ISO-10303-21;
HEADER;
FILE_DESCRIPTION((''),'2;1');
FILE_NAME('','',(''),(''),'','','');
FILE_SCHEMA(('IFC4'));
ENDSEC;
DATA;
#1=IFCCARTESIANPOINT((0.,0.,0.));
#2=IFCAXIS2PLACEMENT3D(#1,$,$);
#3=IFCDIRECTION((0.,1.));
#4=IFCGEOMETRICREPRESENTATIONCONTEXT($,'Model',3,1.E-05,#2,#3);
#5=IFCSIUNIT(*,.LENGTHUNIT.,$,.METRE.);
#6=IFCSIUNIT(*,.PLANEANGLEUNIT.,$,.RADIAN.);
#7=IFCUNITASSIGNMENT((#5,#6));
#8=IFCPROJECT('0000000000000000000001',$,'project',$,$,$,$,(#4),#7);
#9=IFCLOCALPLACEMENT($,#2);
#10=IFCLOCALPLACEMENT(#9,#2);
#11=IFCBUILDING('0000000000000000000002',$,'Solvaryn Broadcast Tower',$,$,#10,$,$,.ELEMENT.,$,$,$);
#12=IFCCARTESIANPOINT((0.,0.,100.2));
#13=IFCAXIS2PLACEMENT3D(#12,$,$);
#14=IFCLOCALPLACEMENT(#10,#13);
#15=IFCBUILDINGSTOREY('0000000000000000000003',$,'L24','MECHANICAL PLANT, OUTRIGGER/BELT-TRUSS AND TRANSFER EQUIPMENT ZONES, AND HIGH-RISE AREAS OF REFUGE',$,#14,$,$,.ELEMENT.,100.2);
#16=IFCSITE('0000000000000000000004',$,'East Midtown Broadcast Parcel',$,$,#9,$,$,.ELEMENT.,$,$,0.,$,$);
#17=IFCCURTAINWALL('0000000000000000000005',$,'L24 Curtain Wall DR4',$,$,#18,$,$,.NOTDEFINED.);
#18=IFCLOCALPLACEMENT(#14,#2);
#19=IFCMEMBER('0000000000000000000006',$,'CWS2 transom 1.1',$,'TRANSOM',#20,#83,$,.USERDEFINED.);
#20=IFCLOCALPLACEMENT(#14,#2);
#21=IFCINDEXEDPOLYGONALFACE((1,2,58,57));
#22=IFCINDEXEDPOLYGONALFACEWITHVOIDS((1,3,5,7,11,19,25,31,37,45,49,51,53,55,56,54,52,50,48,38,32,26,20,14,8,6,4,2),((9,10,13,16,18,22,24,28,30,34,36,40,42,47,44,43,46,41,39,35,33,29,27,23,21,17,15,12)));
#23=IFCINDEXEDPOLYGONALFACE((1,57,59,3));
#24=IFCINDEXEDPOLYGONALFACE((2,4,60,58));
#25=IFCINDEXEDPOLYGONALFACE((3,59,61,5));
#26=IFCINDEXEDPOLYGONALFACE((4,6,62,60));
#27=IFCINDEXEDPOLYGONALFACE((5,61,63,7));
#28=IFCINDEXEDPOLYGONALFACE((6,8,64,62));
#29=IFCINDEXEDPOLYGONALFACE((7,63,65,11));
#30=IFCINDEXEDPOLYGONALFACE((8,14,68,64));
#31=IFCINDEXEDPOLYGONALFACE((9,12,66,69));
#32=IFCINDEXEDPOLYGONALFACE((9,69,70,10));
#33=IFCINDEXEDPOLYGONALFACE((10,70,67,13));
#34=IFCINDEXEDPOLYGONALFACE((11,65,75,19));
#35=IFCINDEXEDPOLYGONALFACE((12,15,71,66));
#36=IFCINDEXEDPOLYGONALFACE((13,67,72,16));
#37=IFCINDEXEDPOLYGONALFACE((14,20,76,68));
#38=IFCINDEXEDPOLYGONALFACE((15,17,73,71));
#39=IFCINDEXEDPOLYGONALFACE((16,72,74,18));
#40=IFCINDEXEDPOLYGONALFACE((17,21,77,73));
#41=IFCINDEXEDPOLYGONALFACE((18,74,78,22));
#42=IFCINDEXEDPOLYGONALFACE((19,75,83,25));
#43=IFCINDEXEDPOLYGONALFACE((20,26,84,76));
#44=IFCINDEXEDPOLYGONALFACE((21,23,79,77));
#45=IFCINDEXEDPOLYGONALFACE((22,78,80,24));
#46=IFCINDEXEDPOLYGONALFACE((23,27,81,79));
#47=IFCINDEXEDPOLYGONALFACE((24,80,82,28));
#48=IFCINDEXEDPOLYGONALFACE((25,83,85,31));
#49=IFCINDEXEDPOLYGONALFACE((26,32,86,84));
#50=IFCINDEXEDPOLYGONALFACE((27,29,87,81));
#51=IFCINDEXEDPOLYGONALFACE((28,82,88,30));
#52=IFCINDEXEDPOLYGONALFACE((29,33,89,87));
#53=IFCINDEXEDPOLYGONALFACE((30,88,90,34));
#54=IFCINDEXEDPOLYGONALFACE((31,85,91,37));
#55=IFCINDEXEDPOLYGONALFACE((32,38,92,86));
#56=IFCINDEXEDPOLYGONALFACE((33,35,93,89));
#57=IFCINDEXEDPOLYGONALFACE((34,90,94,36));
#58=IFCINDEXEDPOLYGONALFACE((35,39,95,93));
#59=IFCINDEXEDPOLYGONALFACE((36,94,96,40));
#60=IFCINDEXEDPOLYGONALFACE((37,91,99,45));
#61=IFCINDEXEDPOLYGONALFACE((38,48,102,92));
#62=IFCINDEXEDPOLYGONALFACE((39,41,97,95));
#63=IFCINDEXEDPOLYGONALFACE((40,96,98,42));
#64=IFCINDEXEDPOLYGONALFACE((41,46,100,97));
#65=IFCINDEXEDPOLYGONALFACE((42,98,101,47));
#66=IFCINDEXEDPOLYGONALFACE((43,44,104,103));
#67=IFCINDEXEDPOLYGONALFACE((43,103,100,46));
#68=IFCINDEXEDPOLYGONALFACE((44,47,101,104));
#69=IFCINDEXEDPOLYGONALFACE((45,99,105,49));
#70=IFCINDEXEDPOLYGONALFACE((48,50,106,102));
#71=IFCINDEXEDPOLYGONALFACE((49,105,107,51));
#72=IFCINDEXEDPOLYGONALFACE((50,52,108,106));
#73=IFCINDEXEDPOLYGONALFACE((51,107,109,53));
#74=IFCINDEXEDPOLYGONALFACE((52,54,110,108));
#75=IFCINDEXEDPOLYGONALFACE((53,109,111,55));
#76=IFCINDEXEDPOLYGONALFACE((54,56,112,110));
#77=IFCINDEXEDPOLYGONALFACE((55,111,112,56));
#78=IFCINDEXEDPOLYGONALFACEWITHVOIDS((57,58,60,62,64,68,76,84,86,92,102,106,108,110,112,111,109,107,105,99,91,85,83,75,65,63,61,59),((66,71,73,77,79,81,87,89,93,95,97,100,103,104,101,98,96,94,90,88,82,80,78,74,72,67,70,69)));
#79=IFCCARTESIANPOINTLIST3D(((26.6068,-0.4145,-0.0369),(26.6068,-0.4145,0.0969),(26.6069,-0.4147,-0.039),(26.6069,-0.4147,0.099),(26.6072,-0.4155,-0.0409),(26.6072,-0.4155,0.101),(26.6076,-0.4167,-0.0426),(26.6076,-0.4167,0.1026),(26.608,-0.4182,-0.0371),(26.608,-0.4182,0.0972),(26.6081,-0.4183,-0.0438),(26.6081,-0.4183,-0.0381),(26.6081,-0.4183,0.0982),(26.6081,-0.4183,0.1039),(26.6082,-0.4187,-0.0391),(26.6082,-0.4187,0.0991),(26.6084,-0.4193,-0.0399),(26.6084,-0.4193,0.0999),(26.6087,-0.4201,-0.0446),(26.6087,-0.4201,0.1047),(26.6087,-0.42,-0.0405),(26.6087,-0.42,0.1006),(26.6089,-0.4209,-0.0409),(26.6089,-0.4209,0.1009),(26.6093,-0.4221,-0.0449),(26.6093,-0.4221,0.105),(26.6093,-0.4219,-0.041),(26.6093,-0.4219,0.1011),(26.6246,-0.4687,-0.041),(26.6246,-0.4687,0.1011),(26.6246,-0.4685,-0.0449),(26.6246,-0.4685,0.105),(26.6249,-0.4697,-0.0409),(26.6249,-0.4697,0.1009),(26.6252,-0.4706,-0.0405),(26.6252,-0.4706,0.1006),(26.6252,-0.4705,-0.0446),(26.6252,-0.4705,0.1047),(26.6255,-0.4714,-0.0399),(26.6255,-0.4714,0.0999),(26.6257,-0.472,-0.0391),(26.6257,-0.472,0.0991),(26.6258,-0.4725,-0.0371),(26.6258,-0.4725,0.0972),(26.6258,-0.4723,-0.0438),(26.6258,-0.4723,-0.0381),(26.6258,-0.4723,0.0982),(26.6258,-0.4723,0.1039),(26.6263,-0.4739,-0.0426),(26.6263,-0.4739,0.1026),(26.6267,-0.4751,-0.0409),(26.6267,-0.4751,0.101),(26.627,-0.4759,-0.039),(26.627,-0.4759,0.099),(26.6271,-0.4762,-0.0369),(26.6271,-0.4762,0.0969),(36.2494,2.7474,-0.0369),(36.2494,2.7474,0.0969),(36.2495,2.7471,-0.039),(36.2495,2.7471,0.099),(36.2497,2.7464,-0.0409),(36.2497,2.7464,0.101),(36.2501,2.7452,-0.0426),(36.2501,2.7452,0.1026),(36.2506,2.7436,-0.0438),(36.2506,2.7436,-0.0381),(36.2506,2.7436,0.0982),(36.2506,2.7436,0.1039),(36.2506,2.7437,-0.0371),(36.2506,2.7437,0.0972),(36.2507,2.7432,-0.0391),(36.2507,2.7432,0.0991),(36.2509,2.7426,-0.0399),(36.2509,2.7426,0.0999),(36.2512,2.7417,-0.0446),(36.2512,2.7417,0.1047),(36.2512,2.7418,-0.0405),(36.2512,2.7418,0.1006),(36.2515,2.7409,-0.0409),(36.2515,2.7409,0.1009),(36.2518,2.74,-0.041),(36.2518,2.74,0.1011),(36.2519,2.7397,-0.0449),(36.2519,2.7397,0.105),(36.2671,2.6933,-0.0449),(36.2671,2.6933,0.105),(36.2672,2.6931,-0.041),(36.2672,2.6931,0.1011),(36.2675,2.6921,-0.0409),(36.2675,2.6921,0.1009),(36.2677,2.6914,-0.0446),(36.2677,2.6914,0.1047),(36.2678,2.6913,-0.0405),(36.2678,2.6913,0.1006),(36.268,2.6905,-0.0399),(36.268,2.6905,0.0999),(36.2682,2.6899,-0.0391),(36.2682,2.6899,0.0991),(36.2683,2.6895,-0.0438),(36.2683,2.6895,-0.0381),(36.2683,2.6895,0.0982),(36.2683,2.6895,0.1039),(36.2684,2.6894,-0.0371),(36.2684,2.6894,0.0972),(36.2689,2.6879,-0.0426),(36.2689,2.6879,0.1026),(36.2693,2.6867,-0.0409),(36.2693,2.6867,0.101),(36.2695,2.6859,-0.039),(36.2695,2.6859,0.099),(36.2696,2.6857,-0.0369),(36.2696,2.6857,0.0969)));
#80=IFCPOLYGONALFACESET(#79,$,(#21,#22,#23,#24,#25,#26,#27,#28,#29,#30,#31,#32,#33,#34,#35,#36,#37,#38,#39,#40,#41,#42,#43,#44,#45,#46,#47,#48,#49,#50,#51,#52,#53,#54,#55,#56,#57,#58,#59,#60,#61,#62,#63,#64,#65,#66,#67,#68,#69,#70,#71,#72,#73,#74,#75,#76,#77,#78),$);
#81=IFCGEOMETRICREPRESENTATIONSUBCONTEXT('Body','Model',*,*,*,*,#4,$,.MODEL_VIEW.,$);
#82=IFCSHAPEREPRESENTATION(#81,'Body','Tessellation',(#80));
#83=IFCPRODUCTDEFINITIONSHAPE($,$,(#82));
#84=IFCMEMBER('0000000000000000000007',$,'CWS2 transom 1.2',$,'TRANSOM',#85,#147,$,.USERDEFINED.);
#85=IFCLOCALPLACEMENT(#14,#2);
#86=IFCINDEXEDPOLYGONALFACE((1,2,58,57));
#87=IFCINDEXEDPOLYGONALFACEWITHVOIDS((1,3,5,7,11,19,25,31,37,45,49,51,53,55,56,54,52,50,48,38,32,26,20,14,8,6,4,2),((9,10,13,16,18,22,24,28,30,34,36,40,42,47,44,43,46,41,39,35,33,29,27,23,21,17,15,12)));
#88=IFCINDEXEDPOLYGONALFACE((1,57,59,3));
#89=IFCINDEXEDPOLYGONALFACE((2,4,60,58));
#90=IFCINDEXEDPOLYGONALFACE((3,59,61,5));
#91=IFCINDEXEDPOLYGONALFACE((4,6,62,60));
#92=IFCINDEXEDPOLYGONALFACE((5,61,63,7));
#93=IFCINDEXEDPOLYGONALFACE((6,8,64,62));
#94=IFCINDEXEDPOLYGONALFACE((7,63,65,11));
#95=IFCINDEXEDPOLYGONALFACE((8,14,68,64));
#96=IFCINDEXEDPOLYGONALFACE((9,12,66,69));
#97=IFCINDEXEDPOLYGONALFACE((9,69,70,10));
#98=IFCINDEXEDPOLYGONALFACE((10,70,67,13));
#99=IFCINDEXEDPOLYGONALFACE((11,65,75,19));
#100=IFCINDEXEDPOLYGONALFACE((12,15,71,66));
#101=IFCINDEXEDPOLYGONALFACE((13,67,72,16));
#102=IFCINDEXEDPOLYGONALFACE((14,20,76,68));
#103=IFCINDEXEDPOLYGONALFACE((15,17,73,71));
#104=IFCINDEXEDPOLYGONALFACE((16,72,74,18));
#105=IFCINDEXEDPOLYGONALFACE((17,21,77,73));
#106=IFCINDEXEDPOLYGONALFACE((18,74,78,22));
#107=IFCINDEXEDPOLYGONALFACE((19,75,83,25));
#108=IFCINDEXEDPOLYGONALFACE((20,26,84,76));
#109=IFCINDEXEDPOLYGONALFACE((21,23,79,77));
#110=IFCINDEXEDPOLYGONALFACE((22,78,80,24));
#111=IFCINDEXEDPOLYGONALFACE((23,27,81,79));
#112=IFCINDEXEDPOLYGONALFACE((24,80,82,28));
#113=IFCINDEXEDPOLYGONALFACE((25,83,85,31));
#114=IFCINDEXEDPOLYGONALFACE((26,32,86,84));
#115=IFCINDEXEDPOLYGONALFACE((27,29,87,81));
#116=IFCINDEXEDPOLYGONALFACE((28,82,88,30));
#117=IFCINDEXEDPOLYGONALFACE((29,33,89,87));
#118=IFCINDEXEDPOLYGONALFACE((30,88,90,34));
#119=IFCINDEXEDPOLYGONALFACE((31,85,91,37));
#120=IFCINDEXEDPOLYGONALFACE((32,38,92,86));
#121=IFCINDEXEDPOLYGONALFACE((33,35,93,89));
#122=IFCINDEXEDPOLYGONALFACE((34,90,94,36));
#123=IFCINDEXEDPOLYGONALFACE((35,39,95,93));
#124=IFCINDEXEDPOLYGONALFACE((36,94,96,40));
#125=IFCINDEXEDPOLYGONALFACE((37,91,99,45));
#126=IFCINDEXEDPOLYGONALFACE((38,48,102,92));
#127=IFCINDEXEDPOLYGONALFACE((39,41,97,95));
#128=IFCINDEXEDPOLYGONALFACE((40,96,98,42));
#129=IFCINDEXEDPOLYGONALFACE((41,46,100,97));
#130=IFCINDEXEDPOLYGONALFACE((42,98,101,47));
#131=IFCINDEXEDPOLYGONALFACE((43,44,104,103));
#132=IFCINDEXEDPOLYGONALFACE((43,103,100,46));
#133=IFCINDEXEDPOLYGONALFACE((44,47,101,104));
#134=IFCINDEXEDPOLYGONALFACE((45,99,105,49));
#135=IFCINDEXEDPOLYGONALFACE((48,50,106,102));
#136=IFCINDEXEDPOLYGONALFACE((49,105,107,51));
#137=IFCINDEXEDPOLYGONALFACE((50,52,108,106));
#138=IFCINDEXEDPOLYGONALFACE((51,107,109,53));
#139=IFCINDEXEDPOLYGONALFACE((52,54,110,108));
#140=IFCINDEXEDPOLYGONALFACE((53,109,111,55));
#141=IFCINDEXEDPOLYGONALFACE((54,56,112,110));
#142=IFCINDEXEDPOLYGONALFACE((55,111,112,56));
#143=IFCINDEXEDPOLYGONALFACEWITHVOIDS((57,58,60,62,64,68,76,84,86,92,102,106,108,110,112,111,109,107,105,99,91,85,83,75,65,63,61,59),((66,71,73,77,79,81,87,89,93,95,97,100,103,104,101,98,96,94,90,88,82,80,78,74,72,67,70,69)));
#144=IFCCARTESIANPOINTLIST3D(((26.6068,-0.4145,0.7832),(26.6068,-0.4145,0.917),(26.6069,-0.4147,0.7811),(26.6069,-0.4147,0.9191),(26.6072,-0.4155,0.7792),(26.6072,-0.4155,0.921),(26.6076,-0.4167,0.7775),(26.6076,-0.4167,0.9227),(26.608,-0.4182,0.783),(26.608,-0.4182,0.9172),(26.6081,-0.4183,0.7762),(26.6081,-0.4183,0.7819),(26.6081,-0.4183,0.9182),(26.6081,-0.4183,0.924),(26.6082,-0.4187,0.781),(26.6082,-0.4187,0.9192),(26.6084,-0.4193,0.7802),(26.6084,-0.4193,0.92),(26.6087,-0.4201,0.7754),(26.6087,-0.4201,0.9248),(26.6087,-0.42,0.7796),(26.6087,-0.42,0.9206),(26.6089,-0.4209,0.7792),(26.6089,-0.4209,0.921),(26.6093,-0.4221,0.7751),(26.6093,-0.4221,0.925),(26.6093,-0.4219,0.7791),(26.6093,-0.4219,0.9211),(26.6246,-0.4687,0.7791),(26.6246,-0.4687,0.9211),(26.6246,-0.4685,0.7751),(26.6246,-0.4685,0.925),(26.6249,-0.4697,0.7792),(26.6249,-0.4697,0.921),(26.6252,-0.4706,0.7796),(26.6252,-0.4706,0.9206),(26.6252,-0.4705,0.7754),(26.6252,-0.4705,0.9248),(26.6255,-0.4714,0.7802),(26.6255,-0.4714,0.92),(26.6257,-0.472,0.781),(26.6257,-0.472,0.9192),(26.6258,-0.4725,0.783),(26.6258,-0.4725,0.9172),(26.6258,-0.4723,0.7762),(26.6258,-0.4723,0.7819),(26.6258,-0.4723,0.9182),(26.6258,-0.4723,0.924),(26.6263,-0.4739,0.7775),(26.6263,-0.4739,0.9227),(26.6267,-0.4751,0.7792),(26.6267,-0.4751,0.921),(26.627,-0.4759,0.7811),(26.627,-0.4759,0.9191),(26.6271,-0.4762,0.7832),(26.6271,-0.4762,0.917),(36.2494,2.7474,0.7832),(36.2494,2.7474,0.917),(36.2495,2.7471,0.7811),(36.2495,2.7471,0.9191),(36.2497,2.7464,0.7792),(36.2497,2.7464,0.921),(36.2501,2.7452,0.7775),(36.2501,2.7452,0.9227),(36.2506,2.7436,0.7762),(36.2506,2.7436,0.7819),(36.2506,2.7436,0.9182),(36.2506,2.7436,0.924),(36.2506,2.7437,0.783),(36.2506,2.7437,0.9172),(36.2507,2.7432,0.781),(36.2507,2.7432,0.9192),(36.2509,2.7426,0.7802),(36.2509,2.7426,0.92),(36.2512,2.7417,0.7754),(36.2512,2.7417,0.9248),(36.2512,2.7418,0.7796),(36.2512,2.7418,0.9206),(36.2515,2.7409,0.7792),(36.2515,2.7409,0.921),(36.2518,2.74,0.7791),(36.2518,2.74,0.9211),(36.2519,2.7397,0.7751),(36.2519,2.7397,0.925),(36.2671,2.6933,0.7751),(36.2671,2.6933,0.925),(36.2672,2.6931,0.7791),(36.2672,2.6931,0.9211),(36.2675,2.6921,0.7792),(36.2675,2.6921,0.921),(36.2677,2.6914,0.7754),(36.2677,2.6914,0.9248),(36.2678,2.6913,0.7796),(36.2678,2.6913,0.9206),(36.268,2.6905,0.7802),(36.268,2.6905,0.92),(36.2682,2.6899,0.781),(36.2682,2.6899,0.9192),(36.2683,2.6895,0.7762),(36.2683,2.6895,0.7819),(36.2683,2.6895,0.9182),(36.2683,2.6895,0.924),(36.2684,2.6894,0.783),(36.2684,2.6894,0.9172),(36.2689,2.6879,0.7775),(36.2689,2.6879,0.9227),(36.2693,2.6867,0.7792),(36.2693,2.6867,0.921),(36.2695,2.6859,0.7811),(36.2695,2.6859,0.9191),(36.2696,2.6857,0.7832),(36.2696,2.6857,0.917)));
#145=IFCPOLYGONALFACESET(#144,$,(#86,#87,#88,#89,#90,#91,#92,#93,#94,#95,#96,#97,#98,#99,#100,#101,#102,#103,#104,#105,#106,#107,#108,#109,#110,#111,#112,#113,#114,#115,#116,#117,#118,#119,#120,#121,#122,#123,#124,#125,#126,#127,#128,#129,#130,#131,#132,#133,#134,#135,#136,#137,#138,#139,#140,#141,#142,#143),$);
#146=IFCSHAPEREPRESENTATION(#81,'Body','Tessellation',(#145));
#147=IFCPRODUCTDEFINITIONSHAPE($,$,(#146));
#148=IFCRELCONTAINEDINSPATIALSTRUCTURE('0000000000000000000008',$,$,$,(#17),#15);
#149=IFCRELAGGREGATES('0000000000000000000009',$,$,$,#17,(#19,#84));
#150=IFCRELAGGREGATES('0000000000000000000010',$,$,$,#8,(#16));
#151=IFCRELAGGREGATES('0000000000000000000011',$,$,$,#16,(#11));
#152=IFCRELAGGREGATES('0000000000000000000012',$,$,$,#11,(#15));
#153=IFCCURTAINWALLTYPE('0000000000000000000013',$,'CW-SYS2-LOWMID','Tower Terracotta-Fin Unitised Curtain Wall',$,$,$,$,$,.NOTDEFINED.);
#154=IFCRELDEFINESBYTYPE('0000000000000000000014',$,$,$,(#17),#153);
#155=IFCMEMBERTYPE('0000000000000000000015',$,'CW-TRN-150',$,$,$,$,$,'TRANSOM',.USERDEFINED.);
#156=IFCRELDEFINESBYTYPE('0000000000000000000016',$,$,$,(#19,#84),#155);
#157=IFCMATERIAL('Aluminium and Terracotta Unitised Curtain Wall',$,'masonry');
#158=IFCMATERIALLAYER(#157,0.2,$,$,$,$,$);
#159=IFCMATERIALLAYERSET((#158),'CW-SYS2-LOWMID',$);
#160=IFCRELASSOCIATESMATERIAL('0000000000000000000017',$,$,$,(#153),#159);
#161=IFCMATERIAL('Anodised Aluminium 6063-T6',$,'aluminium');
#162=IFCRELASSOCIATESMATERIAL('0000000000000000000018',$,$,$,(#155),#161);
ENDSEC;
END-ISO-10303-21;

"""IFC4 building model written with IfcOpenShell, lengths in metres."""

from ifc_helpers import new_model, si_unit, direction, frame, origin, origin_2d, place, context, subcontext, project, spatial, hollow_rectangle, extrude, material, layer, layer_set, material_profile, profile_set, type_object, element, aggregate, save


model = new_model("IFC4")

# Units and contexts
model_context = context("Model", 3, precision=1e-05, world=origin(), true_north=direction((0.0, 1.0)))
body_context = subcontext(model_context, "Body", "Model", "MODEL_VIEW")
ifc_project = project(units=[si_unit("LENGTHUNIT", "METRE"), si_unit("PLANEANGLEUNIT", "RADIAN")], contexts=[model_context])

# Site, building, storey
site_placement = place(None, origin())
site = spatial("IfcSite", under=ifc_project, at=site_placement, Name="East Midtown Broadcast Parcel", CompositionType="ELEMENT", RefElevation=0.0)
building_placement = place(site_placement, origin())
building = spatial("IfcBuilding", under=site, at=building_placement, Name="Solvaryn Broadcast Tower", CompositionType="ELEMENT")
storey_placement = place(building_placement, frame((0.0, 0.0, 100.2)))
storey = spatial("IfcBuildingStorey", under=building, at=storey_placement, Name="L24", Description="MECHANICAL PLANT, OUTRIGGER/BELT-TRUSS AND TRANSFER EQUIPMENT ZONES, AND HIGH-RISE AREAS OF REFUGE", CompositionType="ELEMENT", Elevation=100.2)

# Shared definitions
ifc_material_1 = material(Name="Aluminium and Terracotta Unitised Curtain Wall", Category="masonry")
ifc_layer_1 = layer(ifc_material_1, 0.2)
ifc_layer_set_1 = layer_set([ifc_layer_1], Name="CW-SYS2-LOWMID")
curtain_wall_type = type_object("IfcCurtainWallType", Name="CW-SYS2-LOWMID", Description="Tower Terracotta-Fin Unitised Curtain Wall", PredefinedType="NOTDEFINED", material=ifc_layer_set_1)

# Curtain wall
curtain_wall_1_placement = place(storey_placement, origin())
curtain_wall_1 = element("IfcCurtainWall", 1, at=curtain_wall_1_placement, inside=storey, type_object=curtain_wall_type, Name="L24 Curtain Wall DR4", PredefinedType="NOTDEFINED")

# Members
ifc_material_2 = material(Name="Anodised Aluminium 6063-T6", Category="aluminium")
ifc_material_profile_1 = material_profile(ifc_material_2, hollow_rectangle(XDim=0.0649, YDim=0.1499, WallThickness=0.0039, InnerFilletRadius=0.0039, OuterFilletRadius=0.0081, at=origin_2d()))
ifc_profile_set_1 = profile_set([ifc_material_profile_1], Name="Anodised Aluminium 6063-T6")
member_type_1 = type_object("IfcMemberType", Name="CW-TRN-150", ElementType="TRANSOM", PredefinedType="USERDEFINED", material=ifc_profile_set_1)
member_1_placement = place(storey_placement, frame((26.6169, -0.4453, 0.03), z_axis=(0.950219, 0.311583, 0.0), x_axis=(-0.311583, 0.950219, 0.0)))
member_1 = element("IfcMember", 2, at=member_1_placement, type_object=member_type_1, Name="CWS2 transom 1.1", ObjectType="TRANSOM", PredefinedType="USERDEFINED", context=body_context, shape_type="SweptSolid", body=[
    extrude(hollow_rectangle(XDim=0.0649, YDim=0.1499, WallThickness=0.0039, InnerFilletRadius=0.0039, OuterFilletRadius=0.0081, at=origin_2d()), origin(), (0.0, 0.0, 1.0), 10.1477),
])
member_2_placement = place(storey_placement, frame((26.6169, -0.4453, 0.8501), z_axis=(0.950219, 0.311583, 0.0), x_axis=(-0.311583, 0.950219, 0.0)))
member_2 = element("IfcMember", 3, at=member_2_placement, type_object=member_type_1, Name="CWS2 transom 1.2", ObjectType="TRANSOM", PredefinedType="USERDEFINED", context=body_context, shape_type="SweptSolid", body=[
    extrude(hollow_rectangle(XDim=0.0649, YDim=0.1499, WallThickness=0.0039, InnerFilletRadius=0.0039, OuterFilletRadius=0.0081, at=origin_2d()), origin(), (0.0, 0.0, 1.0), 10.1477),
])
aggregate(curtain_wall_1, [member_1, member_2])

save(model, "model.ifc")
